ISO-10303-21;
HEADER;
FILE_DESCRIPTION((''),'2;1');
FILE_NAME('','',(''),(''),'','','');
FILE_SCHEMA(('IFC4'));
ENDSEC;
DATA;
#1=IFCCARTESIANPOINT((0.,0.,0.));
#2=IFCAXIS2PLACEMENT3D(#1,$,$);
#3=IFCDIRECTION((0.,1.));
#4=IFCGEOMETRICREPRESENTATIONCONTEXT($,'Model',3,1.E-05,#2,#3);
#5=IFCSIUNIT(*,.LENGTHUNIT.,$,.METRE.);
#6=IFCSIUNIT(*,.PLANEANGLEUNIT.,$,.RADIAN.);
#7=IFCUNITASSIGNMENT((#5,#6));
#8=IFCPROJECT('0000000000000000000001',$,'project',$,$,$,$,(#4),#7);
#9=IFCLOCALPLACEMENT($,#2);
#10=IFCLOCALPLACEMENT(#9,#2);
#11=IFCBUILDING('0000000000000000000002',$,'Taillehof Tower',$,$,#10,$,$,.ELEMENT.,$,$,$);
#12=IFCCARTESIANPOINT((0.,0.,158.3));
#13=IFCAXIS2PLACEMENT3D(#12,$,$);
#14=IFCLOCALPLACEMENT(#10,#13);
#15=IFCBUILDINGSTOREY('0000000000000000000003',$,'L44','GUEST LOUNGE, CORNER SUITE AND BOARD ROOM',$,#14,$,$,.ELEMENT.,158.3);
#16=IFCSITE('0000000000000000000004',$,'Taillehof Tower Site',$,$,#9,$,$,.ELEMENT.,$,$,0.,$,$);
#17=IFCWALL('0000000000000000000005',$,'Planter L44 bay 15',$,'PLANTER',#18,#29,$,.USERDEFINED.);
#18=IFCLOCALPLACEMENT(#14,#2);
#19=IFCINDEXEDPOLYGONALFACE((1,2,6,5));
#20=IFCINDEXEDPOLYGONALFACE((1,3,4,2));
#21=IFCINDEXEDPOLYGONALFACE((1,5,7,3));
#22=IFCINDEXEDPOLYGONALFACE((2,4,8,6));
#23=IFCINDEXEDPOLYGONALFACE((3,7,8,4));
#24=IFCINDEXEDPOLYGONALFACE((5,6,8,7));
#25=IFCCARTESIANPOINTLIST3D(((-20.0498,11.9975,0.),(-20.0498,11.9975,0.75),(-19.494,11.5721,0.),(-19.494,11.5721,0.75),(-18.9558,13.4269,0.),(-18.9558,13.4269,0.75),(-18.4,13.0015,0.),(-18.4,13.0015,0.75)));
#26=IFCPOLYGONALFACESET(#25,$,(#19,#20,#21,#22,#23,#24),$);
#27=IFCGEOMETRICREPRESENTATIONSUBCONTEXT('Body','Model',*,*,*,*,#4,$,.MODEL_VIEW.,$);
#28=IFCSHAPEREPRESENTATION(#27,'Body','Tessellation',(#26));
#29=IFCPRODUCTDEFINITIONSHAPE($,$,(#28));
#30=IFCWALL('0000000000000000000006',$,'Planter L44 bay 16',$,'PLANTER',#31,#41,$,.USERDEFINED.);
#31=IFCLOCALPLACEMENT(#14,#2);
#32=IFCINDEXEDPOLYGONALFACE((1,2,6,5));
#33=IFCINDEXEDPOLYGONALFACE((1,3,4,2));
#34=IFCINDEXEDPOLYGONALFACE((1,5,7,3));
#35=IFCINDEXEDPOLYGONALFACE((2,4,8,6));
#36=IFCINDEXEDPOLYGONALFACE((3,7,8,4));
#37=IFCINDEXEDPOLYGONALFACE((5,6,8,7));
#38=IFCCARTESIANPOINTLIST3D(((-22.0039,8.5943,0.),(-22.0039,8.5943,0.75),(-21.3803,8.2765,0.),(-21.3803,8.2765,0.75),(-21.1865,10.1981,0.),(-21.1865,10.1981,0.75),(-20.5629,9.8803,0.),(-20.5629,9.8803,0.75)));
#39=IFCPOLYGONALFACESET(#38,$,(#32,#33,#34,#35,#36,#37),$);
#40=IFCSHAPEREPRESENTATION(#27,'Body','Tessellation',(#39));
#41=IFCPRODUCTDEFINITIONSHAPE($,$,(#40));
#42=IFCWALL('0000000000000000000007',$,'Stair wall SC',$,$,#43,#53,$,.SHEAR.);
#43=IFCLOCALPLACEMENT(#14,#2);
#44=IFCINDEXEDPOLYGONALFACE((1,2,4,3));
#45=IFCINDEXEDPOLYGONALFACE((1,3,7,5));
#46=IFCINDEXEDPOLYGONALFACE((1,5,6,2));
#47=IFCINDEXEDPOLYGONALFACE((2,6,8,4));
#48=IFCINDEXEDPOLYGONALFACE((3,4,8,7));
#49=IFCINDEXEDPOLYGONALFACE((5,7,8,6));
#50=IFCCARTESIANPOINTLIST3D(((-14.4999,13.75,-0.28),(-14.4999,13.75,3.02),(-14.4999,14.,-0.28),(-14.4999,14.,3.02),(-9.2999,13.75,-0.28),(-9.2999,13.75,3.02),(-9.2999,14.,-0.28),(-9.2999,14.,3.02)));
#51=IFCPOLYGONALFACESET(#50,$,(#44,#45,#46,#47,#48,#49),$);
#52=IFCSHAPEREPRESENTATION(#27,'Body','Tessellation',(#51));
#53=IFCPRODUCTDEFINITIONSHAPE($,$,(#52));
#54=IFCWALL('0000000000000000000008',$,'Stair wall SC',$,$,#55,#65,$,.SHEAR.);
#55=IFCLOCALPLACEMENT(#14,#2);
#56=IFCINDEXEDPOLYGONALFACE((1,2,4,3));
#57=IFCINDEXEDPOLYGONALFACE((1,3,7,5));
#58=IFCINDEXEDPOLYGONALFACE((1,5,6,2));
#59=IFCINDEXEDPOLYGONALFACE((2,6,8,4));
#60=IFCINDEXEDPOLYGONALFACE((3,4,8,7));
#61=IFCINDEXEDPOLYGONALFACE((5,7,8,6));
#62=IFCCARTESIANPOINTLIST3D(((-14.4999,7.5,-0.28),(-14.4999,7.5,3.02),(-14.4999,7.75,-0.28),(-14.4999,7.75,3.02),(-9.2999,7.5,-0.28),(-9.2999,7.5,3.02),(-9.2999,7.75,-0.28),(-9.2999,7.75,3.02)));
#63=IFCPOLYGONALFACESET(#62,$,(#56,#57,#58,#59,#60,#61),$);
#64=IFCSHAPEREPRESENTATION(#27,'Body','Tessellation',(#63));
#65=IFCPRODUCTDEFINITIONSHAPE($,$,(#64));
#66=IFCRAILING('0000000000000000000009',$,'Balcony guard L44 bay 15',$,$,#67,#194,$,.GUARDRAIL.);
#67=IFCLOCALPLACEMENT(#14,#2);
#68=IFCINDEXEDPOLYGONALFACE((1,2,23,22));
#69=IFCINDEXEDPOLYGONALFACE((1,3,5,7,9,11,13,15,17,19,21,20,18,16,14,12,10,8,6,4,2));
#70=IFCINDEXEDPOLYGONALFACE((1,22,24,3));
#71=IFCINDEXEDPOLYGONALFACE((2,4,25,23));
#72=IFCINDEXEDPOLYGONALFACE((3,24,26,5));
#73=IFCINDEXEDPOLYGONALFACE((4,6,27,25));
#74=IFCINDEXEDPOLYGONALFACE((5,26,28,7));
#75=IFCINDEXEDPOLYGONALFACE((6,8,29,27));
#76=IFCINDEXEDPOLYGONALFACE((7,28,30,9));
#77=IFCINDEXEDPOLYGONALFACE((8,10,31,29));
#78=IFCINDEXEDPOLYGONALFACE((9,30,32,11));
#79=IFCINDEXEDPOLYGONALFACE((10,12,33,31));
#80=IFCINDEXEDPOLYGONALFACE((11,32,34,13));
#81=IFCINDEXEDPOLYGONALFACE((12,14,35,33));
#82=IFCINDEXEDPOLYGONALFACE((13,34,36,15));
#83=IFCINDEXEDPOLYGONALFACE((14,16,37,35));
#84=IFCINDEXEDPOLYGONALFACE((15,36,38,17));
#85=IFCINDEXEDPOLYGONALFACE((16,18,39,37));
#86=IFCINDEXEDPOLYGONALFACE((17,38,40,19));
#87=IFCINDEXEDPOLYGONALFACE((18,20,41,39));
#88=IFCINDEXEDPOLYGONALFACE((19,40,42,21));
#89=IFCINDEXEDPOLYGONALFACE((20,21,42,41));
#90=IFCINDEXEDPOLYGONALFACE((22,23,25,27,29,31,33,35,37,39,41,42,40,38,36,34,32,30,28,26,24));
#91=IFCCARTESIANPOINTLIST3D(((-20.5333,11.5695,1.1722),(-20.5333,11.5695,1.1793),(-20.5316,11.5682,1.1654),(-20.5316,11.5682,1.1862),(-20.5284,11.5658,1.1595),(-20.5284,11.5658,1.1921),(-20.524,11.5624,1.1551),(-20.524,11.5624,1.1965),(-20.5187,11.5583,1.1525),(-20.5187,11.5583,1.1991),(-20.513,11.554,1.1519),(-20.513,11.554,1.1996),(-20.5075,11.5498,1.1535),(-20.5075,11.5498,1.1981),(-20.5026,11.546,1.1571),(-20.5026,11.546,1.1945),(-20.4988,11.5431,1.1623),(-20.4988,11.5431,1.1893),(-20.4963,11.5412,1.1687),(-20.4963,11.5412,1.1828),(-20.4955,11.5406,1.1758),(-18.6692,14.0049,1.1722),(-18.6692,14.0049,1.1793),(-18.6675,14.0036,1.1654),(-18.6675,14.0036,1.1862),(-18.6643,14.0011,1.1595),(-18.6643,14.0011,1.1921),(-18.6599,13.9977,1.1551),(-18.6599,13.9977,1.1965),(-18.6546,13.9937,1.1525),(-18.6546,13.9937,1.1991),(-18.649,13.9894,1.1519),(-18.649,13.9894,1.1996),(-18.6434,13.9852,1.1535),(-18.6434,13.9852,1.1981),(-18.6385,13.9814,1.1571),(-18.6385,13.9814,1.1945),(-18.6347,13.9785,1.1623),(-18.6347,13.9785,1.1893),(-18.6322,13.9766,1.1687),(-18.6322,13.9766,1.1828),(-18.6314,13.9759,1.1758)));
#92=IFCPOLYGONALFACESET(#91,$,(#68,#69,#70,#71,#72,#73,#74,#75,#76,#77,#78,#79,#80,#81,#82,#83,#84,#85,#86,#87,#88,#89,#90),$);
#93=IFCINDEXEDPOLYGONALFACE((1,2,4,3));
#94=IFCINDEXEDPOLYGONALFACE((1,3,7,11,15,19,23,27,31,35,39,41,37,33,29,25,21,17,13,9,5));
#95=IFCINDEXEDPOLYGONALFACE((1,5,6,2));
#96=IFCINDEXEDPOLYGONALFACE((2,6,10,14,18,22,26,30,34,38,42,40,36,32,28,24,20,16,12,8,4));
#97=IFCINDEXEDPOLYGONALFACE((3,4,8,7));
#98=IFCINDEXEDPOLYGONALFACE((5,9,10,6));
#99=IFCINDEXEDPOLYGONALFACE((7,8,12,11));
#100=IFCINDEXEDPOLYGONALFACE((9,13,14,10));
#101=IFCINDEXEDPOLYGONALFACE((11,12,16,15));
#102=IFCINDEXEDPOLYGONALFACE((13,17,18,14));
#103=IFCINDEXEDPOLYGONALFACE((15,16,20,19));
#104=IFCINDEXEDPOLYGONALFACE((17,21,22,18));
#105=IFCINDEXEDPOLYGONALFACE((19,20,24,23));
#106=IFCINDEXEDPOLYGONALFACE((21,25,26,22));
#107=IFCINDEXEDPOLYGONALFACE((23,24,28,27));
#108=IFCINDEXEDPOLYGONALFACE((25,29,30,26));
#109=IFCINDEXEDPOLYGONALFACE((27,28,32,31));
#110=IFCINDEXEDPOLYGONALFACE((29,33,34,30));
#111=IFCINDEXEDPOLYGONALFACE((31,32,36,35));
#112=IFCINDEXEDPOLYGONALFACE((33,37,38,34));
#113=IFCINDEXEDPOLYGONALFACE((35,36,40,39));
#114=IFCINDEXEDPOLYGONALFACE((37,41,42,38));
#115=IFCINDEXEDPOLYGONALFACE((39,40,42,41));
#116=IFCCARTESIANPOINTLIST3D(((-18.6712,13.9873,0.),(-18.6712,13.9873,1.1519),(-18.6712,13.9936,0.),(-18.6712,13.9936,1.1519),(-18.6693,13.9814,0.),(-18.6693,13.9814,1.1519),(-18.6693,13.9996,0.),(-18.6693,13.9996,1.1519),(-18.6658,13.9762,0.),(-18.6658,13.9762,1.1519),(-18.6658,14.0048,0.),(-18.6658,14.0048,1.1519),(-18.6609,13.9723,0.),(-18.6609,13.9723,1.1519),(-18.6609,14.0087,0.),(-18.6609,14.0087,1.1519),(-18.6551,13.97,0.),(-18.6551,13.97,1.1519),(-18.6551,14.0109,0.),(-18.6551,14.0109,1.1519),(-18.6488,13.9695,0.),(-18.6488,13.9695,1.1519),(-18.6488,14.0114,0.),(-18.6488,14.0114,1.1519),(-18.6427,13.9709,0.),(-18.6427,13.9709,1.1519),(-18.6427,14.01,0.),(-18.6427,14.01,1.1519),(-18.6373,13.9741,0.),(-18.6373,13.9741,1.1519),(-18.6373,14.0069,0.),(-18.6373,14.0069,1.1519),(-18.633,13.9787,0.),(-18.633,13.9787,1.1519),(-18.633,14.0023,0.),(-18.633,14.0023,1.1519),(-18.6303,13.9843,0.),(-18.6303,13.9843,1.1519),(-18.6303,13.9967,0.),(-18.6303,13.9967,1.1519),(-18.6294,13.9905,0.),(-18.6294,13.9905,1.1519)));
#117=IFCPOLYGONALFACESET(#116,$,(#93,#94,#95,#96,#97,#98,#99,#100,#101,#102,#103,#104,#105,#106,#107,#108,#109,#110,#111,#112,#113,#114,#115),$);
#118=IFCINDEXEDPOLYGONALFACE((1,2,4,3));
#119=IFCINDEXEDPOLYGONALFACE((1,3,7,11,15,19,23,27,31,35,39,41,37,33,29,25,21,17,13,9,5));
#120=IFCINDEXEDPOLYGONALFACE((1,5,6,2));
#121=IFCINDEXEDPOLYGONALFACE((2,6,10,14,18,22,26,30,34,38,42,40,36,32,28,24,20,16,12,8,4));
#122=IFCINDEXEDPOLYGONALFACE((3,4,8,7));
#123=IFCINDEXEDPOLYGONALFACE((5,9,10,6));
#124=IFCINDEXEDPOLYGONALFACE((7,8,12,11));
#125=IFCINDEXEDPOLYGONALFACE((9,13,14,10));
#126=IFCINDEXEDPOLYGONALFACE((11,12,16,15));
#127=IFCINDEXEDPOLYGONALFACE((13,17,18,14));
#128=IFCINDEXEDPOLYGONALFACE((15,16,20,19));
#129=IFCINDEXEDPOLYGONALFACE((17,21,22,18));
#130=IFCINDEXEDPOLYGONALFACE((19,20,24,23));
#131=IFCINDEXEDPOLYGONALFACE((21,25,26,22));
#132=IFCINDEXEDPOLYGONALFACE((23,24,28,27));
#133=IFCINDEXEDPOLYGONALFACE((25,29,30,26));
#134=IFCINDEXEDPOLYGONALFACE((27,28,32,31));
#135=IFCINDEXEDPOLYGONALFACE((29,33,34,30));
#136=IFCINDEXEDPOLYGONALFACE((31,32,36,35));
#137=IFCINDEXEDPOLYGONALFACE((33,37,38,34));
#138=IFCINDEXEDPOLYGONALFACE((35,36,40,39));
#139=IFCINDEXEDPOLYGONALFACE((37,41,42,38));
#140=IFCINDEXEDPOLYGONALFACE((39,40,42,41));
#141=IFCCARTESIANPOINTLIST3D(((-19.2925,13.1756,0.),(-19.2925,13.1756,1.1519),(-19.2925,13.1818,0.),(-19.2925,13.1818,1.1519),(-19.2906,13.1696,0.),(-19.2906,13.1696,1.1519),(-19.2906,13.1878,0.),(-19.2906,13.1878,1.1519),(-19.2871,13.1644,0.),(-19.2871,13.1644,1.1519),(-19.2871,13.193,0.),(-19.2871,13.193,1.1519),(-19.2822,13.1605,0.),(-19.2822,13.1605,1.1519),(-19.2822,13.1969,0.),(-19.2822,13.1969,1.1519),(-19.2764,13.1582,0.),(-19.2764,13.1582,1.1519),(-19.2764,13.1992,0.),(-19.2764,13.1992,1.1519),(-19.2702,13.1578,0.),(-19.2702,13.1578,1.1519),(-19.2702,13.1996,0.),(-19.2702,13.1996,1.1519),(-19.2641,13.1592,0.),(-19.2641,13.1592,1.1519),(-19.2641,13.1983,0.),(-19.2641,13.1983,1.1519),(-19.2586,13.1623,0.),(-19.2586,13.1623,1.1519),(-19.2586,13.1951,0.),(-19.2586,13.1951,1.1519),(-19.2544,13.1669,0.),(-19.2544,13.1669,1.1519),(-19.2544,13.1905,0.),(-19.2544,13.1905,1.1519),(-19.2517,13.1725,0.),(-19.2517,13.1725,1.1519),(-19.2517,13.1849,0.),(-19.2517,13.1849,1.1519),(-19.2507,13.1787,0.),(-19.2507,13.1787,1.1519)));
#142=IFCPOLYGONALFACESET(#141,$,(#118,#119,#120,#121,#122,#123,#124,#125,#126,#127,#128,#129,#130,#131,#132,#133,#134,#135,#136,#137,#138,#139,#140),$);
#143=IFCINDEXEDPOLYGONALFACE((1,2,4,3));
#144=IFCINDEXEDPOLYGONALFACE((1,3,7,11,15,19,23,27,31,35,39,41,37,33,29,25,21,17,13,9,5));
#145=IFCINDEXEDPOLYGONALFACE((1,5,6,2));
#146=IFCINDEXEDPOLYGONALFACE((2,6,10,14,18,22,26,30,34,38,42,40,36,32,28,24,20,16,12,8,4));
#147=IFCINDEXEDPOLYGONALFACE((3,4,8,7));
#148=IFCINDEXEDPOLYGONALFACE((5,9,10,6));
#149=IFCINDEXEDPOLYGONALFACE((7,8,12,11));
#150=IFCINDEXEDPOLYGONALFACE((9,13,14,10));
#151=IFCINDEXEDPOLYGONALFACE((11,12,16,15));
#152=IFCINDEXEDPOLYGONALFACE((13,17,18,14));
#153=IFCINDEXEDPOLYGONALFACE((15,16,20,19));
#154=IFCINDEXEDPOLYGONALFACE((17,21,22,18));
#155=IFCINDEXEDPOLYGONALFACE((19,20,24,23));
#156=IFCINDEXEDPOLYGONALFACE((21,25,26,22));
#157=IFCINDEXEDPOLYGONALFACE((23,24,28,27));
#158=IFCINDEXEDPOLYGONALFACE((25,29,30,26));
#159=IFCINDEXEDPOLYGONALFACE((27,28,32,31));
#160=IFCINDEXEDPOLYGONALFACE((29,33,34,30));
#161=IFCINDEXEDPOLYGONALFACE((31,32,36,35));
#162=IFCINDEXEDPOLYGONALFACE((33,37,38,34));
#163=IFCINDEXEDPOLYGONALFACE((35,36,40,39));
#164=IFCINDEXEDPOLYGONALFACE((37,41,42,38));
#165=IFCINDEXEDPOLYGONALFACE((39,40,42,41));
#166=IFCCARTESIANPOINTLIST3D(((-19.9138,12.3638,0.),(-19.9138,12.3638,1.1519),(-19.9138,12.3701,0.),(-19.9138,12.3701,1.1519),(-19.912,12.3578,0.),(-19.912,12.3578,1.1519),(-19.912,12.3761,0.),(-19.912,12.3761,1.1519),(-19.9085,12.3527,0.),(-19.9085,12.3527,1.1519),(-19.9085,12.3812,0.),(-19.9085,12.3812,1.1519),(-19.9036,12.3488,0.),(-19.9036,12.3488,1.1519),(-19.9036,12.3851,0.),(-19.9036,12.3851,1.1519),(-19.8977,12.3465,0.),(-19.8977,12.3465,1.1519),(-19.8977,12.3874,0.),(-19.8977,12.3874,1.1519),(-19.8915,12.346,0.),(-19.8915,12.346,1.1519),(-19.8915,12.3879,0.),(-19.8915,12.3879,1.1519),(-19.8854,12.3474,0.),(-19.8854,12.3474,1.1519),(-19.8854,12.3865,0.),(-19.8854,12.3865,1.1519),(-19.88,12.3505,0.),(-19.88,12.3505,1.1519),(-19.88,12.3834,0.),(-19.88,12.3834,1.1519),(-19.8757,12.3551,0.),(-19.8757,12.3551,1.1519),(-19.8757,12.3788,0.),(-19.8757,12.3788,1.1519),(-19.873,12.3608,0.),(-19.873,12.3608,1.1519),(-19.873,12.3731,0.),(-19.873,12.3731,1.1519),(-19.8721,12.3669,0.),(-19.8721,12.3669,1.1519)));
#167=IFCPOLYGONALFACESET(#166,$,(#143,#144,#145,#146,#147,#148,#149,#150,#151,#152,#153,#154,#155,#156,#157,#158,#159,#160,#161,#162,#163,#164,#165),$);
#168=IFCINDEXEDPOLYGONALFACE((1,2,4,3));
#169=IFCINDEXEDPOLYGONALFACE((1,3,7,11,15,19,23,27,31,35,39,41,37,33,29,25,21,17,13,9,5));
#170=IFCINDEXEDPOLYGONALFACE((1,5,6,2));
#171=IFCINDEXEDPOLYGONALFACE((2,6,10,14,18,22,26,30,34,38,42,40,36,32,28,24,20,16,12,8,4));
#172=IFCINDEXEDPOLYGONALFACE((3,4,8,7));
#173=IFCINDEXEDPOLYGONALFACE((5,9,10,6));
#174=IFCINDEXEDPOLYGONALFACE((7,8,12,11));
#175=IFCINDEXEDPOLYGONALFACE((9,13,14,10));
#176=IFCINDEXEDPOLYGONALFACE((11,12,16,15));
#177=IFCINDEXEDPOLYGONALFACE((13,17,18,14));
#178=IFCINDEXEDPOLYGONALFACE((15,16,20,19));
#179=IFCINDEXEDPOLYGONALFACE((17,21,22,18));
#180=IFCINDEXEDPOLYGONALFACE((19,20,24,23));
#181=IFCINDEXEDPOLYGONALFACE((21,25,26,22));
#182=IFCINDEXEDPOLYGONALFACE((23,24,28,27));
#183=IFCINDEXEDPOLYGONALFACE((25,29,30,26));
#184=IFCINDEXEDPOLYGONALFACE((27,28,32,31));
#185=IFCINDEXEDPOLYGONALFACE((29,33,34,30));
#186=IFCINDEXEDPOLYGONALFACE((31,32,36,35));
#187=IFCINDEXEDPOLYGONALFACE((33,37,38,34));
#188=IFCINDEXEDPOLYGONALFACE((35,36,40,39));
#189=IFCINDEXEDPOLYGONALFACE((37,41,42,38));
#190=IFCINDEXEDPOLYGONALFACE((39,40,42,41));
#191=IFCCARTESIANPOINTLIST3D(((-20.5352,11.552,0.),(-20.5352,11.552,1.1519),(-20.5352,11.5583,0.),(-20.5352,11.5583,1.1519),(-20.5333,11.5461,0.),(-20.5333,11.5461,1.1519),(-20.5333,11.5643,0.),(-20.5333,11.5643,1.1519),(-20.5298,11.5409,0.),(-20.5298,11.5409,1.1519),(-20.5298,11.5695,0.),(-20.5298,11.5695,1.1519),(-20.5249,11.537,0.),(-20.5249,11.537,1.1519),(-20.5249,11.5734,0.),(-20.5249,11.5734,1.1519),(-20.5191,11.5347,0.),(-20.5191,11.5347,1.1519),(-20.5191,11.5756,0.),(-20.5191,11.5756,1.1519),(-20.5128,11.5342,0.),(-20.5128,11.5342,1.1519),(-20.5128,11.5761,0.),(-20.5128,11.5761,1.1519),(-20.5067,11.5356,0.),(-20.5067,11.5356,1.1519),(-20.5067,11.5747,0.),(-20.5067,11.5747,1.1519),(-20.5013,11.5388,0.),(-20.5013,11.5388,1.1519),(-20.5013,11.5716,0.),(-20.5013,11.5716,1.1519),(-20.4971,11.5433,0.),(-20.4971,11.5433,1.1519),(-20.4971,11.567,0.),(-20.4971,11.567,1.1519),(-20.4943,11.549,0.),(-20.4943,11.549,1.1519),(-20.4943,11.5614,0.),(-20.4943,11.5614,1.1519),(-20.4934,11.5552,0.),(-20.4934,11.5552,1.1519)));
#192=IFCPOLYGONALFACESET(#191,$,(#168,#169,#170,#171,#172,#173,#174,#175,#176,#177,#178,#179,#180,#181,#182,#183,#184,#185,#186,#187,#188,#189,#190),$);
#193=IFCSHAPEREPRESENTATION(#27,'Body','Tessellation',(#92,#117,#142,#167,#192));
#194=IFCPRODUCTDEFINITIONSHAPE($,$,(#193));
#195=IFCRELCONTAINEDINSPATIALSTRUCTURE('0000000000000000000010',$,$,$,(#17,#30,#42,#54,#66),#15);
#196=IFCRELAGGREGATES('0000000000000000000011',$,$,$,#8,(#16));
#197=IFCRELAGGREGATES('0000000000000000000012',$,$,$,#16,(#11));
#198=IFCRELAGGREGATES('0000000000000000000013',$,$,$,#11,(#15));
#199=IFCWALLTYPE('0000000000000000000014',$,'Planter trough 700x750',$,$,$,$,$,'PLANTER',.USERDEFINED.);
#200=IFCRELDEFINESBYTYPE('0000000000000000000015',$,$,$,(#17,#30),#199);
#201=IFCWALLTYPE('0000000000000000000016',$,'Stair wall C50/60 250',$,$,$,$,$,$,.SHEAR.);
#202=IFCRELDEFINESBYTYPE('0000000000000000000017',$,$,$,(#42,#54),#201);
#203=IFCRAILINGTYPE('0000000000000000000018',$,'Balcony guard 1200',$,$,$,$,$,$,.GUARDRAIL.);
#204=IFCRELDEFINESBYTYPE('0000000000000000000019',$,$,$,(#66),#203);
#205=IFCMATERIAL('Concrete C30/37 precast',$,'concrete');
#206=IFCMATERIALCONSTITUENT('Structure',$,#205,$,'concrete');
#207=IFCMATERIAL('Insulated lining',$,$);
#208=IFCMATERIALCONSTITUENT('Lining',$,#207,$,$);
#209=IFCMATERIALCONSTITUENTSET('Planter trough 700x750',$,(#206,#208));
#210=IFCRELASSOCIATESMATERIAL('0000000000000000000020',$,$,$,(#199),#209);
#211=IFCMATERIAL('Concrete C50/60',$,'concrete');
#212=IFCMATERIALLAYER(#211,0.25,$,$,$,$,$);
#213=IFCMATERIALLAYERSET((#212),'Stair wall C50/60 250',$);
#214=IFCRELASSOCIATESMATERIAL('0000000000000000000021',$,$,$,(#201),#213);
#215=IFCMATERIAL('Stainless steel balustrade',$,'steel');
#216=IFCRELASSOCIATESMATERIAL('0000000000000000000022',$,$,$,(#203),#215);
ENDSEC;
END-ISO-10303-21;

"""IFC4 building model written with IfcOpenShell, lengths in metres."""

from ifc_helpers import new_model, si_unit, direction, frame, frame_2d, origin, origin_2d, place, context, subcontext, project, spatial, rectangle, circle, extrude, material, layer, layer_set, constituent, constituent_set, type_object, element, save


model = new_model("IFC4")

# Units and contexts
model_context = context("Model", 3, precision=1e-05, world=origin(), true_north=direction((0.0, 1.0)))
body_context = subcontext(model_context, "Body", "Model", "MODEL_VIEW")
ifc_project = project(units=[si_unit("LENGTHUNIT", "METRE"), si_unit("PLANEANGLEUNIT", "RADIAN")], contexts=[model_context])

# Site, building, storey
site_placement = place(None, origin())
site = spatial("IfcSite", under=ifc_project, at=site_placement, Name="Taillehof Tower Site", CompositionType="ELEMENT", RefElevation=0.0)
building_placement = place(site_placement, origin())
building = spatial("IfcBuilding", under=site, at=building_placement, Name="Taillehof Tower", CompositionType="ELEMENT")
storey_placement = place(building_placement, frame((0.0, 0.0, 158.3)))
storey = spatial("IfcBuildingStorey", under=building, at=storey_placement, Name="L44", Description="GUEST LOUNGE, CORNER SUITE AND BOARD ROOM", CompositionType="ELEMENT", Elevation=158.3)

# Walls
ifc_material_1 = material(Name="Concrete C30/37 precast", Category="concrete")
ifc_constituent_1 = constituent(ifc_material_1, Name="Structure", Category="concrete")
ifc_material_2 = material(Name="Insulated lining")
ifc_constituent_2 = constituent(ifc_material_2, Name="Lining")
ifc_constituent_set = constituent_set(constituents=[ifc_constituent_1, ifc_constituent_2], Name="Planter trough 700x750")
wall_type_1 = type_object("IfcWallType", Name="Planter trough 700x750", ElementType="PLANTER", PredefinedType="USERDEFINED", material=ifc_constituent_set)
for number, where, z_axis, x_axis, name in (
    (1, (-18.678, 13.2141, 0.0), (0.0, 0.0, 1.0), (-0.607762, -0.794119, 0.0), "Planter L44 bay 15"),
    (2, (-20.8748, 10.0391, 0.0), (0.0, 0.0, 1.0), (-0.45409, -0.890956, 0.0), "Planter L44 bay 16"),
):
    element("IfcWall", number, at=place(storey_placement, frame(where, z_axis=z_axis, x_axis=x_axis)), inside=storey, type_object=wall_type_1, Name=name, ObjectType="PLANTER", PredefinedType="USERDEFINED", context=body_context, shape_type="SweptSolid", body=[
        extrude(rectangle(XDim=1.8, YDim=0.7, at=frame_2d((0.8999, 0.0))), origin(), (0.0, 0.0, 1.0), 0.75),
    ])
ifc_material_3 = material(Name="Concrete C50/60", Category="concrete")
ifc_layer_1 = layer(ifc_material_3, 0.25)
ifc_layer_set_1 = layer_set([ifc_layer_1], Name="Stair wall C50/60 250")
wall_type_2 = type_object("IfcWallType", Name="Stair wall C50/60 250", PredefinedType="SHEAR", material=ifc_layer_set_1)
for number, where, z_axis, x_axis, name in (
    (3, (-14.5, 13.875, -0.28), (0.0, 0.0, 1.0), (1.0, 0.0, 0.0), "Stair wall SC"),
    (4, (-14.5, 7.625, -0.28), (0.0, 0.0, 1.0), (1.0, 0.0, 0.0), "Stair wall SC"),
):
    element("IfcWall", number, at=place(storey_placement, frame(where, z_axis=z_axis, x_axis=x_axis)), inside=storey, type_object=wall_type_2, Name=name, PredefinedType="SHEAR", context=body_context, shape_type="SweptSolid", body=[
        extrude(rectangle(XDim=5.2, YDim=0.25, at=frame_2d((2.6001, 0.0))), origin(), (0.0, 0.0, 1.0), 3.3),
    ])

# Railing
ifc_material_4 = material(Name="Stainless steel balustrade", Category="steel")
railing_type = type_object("IfcRailingType", Name="Balcony guard 1200", PredefinedType="GUARDRAIL", material=ifc_material_4)
railing_1_placement = place(storey_placement, frame((-18.6504, 13.9905, 0.0)))
element("IfcRailing", 5, at=railing_1_placement, inside=storey, type_object=railing_type, Name="Balcony guard L44 bay 15", PredefinedType="GUARDRAIL", context=body_context, shape_type="SweptSolid", body=[
    extrude(circle(Radius=0.0239, at=origin_2d()), frame((0.0, 0.0, 1.1758), z_axis=(-0.607805, -0.794087, 0.0), x_axis=(0.794087, -0.607805, 0.0)), (0.0, 0.0, 1.0), 3.0669),
    extrude(circle(Radius=0.021, at=origin_2d()), origin(), (0.0, 0.0, 1.0), 1.1519),
    extrude(circle(Radius=0.021, at=origin_2d()), frame((-0.6213, -0.8118, 0.0)), (0.0, 0.0, 1.0), 1.1519),
    extrude(circle(Radius=0.021, at=origin_2d()), frame((-1.2427, -1.6235, 0.0)), (0.0, 0.0, 1.0), 1.1519),
    extrude(circle(Radius=0.021, at=origin_2d()), frame((-1.864, -2.4353, 0.0)), (0.0, 0.0, 1.0), 1.1519),
])

save(model, "model.ifc")
